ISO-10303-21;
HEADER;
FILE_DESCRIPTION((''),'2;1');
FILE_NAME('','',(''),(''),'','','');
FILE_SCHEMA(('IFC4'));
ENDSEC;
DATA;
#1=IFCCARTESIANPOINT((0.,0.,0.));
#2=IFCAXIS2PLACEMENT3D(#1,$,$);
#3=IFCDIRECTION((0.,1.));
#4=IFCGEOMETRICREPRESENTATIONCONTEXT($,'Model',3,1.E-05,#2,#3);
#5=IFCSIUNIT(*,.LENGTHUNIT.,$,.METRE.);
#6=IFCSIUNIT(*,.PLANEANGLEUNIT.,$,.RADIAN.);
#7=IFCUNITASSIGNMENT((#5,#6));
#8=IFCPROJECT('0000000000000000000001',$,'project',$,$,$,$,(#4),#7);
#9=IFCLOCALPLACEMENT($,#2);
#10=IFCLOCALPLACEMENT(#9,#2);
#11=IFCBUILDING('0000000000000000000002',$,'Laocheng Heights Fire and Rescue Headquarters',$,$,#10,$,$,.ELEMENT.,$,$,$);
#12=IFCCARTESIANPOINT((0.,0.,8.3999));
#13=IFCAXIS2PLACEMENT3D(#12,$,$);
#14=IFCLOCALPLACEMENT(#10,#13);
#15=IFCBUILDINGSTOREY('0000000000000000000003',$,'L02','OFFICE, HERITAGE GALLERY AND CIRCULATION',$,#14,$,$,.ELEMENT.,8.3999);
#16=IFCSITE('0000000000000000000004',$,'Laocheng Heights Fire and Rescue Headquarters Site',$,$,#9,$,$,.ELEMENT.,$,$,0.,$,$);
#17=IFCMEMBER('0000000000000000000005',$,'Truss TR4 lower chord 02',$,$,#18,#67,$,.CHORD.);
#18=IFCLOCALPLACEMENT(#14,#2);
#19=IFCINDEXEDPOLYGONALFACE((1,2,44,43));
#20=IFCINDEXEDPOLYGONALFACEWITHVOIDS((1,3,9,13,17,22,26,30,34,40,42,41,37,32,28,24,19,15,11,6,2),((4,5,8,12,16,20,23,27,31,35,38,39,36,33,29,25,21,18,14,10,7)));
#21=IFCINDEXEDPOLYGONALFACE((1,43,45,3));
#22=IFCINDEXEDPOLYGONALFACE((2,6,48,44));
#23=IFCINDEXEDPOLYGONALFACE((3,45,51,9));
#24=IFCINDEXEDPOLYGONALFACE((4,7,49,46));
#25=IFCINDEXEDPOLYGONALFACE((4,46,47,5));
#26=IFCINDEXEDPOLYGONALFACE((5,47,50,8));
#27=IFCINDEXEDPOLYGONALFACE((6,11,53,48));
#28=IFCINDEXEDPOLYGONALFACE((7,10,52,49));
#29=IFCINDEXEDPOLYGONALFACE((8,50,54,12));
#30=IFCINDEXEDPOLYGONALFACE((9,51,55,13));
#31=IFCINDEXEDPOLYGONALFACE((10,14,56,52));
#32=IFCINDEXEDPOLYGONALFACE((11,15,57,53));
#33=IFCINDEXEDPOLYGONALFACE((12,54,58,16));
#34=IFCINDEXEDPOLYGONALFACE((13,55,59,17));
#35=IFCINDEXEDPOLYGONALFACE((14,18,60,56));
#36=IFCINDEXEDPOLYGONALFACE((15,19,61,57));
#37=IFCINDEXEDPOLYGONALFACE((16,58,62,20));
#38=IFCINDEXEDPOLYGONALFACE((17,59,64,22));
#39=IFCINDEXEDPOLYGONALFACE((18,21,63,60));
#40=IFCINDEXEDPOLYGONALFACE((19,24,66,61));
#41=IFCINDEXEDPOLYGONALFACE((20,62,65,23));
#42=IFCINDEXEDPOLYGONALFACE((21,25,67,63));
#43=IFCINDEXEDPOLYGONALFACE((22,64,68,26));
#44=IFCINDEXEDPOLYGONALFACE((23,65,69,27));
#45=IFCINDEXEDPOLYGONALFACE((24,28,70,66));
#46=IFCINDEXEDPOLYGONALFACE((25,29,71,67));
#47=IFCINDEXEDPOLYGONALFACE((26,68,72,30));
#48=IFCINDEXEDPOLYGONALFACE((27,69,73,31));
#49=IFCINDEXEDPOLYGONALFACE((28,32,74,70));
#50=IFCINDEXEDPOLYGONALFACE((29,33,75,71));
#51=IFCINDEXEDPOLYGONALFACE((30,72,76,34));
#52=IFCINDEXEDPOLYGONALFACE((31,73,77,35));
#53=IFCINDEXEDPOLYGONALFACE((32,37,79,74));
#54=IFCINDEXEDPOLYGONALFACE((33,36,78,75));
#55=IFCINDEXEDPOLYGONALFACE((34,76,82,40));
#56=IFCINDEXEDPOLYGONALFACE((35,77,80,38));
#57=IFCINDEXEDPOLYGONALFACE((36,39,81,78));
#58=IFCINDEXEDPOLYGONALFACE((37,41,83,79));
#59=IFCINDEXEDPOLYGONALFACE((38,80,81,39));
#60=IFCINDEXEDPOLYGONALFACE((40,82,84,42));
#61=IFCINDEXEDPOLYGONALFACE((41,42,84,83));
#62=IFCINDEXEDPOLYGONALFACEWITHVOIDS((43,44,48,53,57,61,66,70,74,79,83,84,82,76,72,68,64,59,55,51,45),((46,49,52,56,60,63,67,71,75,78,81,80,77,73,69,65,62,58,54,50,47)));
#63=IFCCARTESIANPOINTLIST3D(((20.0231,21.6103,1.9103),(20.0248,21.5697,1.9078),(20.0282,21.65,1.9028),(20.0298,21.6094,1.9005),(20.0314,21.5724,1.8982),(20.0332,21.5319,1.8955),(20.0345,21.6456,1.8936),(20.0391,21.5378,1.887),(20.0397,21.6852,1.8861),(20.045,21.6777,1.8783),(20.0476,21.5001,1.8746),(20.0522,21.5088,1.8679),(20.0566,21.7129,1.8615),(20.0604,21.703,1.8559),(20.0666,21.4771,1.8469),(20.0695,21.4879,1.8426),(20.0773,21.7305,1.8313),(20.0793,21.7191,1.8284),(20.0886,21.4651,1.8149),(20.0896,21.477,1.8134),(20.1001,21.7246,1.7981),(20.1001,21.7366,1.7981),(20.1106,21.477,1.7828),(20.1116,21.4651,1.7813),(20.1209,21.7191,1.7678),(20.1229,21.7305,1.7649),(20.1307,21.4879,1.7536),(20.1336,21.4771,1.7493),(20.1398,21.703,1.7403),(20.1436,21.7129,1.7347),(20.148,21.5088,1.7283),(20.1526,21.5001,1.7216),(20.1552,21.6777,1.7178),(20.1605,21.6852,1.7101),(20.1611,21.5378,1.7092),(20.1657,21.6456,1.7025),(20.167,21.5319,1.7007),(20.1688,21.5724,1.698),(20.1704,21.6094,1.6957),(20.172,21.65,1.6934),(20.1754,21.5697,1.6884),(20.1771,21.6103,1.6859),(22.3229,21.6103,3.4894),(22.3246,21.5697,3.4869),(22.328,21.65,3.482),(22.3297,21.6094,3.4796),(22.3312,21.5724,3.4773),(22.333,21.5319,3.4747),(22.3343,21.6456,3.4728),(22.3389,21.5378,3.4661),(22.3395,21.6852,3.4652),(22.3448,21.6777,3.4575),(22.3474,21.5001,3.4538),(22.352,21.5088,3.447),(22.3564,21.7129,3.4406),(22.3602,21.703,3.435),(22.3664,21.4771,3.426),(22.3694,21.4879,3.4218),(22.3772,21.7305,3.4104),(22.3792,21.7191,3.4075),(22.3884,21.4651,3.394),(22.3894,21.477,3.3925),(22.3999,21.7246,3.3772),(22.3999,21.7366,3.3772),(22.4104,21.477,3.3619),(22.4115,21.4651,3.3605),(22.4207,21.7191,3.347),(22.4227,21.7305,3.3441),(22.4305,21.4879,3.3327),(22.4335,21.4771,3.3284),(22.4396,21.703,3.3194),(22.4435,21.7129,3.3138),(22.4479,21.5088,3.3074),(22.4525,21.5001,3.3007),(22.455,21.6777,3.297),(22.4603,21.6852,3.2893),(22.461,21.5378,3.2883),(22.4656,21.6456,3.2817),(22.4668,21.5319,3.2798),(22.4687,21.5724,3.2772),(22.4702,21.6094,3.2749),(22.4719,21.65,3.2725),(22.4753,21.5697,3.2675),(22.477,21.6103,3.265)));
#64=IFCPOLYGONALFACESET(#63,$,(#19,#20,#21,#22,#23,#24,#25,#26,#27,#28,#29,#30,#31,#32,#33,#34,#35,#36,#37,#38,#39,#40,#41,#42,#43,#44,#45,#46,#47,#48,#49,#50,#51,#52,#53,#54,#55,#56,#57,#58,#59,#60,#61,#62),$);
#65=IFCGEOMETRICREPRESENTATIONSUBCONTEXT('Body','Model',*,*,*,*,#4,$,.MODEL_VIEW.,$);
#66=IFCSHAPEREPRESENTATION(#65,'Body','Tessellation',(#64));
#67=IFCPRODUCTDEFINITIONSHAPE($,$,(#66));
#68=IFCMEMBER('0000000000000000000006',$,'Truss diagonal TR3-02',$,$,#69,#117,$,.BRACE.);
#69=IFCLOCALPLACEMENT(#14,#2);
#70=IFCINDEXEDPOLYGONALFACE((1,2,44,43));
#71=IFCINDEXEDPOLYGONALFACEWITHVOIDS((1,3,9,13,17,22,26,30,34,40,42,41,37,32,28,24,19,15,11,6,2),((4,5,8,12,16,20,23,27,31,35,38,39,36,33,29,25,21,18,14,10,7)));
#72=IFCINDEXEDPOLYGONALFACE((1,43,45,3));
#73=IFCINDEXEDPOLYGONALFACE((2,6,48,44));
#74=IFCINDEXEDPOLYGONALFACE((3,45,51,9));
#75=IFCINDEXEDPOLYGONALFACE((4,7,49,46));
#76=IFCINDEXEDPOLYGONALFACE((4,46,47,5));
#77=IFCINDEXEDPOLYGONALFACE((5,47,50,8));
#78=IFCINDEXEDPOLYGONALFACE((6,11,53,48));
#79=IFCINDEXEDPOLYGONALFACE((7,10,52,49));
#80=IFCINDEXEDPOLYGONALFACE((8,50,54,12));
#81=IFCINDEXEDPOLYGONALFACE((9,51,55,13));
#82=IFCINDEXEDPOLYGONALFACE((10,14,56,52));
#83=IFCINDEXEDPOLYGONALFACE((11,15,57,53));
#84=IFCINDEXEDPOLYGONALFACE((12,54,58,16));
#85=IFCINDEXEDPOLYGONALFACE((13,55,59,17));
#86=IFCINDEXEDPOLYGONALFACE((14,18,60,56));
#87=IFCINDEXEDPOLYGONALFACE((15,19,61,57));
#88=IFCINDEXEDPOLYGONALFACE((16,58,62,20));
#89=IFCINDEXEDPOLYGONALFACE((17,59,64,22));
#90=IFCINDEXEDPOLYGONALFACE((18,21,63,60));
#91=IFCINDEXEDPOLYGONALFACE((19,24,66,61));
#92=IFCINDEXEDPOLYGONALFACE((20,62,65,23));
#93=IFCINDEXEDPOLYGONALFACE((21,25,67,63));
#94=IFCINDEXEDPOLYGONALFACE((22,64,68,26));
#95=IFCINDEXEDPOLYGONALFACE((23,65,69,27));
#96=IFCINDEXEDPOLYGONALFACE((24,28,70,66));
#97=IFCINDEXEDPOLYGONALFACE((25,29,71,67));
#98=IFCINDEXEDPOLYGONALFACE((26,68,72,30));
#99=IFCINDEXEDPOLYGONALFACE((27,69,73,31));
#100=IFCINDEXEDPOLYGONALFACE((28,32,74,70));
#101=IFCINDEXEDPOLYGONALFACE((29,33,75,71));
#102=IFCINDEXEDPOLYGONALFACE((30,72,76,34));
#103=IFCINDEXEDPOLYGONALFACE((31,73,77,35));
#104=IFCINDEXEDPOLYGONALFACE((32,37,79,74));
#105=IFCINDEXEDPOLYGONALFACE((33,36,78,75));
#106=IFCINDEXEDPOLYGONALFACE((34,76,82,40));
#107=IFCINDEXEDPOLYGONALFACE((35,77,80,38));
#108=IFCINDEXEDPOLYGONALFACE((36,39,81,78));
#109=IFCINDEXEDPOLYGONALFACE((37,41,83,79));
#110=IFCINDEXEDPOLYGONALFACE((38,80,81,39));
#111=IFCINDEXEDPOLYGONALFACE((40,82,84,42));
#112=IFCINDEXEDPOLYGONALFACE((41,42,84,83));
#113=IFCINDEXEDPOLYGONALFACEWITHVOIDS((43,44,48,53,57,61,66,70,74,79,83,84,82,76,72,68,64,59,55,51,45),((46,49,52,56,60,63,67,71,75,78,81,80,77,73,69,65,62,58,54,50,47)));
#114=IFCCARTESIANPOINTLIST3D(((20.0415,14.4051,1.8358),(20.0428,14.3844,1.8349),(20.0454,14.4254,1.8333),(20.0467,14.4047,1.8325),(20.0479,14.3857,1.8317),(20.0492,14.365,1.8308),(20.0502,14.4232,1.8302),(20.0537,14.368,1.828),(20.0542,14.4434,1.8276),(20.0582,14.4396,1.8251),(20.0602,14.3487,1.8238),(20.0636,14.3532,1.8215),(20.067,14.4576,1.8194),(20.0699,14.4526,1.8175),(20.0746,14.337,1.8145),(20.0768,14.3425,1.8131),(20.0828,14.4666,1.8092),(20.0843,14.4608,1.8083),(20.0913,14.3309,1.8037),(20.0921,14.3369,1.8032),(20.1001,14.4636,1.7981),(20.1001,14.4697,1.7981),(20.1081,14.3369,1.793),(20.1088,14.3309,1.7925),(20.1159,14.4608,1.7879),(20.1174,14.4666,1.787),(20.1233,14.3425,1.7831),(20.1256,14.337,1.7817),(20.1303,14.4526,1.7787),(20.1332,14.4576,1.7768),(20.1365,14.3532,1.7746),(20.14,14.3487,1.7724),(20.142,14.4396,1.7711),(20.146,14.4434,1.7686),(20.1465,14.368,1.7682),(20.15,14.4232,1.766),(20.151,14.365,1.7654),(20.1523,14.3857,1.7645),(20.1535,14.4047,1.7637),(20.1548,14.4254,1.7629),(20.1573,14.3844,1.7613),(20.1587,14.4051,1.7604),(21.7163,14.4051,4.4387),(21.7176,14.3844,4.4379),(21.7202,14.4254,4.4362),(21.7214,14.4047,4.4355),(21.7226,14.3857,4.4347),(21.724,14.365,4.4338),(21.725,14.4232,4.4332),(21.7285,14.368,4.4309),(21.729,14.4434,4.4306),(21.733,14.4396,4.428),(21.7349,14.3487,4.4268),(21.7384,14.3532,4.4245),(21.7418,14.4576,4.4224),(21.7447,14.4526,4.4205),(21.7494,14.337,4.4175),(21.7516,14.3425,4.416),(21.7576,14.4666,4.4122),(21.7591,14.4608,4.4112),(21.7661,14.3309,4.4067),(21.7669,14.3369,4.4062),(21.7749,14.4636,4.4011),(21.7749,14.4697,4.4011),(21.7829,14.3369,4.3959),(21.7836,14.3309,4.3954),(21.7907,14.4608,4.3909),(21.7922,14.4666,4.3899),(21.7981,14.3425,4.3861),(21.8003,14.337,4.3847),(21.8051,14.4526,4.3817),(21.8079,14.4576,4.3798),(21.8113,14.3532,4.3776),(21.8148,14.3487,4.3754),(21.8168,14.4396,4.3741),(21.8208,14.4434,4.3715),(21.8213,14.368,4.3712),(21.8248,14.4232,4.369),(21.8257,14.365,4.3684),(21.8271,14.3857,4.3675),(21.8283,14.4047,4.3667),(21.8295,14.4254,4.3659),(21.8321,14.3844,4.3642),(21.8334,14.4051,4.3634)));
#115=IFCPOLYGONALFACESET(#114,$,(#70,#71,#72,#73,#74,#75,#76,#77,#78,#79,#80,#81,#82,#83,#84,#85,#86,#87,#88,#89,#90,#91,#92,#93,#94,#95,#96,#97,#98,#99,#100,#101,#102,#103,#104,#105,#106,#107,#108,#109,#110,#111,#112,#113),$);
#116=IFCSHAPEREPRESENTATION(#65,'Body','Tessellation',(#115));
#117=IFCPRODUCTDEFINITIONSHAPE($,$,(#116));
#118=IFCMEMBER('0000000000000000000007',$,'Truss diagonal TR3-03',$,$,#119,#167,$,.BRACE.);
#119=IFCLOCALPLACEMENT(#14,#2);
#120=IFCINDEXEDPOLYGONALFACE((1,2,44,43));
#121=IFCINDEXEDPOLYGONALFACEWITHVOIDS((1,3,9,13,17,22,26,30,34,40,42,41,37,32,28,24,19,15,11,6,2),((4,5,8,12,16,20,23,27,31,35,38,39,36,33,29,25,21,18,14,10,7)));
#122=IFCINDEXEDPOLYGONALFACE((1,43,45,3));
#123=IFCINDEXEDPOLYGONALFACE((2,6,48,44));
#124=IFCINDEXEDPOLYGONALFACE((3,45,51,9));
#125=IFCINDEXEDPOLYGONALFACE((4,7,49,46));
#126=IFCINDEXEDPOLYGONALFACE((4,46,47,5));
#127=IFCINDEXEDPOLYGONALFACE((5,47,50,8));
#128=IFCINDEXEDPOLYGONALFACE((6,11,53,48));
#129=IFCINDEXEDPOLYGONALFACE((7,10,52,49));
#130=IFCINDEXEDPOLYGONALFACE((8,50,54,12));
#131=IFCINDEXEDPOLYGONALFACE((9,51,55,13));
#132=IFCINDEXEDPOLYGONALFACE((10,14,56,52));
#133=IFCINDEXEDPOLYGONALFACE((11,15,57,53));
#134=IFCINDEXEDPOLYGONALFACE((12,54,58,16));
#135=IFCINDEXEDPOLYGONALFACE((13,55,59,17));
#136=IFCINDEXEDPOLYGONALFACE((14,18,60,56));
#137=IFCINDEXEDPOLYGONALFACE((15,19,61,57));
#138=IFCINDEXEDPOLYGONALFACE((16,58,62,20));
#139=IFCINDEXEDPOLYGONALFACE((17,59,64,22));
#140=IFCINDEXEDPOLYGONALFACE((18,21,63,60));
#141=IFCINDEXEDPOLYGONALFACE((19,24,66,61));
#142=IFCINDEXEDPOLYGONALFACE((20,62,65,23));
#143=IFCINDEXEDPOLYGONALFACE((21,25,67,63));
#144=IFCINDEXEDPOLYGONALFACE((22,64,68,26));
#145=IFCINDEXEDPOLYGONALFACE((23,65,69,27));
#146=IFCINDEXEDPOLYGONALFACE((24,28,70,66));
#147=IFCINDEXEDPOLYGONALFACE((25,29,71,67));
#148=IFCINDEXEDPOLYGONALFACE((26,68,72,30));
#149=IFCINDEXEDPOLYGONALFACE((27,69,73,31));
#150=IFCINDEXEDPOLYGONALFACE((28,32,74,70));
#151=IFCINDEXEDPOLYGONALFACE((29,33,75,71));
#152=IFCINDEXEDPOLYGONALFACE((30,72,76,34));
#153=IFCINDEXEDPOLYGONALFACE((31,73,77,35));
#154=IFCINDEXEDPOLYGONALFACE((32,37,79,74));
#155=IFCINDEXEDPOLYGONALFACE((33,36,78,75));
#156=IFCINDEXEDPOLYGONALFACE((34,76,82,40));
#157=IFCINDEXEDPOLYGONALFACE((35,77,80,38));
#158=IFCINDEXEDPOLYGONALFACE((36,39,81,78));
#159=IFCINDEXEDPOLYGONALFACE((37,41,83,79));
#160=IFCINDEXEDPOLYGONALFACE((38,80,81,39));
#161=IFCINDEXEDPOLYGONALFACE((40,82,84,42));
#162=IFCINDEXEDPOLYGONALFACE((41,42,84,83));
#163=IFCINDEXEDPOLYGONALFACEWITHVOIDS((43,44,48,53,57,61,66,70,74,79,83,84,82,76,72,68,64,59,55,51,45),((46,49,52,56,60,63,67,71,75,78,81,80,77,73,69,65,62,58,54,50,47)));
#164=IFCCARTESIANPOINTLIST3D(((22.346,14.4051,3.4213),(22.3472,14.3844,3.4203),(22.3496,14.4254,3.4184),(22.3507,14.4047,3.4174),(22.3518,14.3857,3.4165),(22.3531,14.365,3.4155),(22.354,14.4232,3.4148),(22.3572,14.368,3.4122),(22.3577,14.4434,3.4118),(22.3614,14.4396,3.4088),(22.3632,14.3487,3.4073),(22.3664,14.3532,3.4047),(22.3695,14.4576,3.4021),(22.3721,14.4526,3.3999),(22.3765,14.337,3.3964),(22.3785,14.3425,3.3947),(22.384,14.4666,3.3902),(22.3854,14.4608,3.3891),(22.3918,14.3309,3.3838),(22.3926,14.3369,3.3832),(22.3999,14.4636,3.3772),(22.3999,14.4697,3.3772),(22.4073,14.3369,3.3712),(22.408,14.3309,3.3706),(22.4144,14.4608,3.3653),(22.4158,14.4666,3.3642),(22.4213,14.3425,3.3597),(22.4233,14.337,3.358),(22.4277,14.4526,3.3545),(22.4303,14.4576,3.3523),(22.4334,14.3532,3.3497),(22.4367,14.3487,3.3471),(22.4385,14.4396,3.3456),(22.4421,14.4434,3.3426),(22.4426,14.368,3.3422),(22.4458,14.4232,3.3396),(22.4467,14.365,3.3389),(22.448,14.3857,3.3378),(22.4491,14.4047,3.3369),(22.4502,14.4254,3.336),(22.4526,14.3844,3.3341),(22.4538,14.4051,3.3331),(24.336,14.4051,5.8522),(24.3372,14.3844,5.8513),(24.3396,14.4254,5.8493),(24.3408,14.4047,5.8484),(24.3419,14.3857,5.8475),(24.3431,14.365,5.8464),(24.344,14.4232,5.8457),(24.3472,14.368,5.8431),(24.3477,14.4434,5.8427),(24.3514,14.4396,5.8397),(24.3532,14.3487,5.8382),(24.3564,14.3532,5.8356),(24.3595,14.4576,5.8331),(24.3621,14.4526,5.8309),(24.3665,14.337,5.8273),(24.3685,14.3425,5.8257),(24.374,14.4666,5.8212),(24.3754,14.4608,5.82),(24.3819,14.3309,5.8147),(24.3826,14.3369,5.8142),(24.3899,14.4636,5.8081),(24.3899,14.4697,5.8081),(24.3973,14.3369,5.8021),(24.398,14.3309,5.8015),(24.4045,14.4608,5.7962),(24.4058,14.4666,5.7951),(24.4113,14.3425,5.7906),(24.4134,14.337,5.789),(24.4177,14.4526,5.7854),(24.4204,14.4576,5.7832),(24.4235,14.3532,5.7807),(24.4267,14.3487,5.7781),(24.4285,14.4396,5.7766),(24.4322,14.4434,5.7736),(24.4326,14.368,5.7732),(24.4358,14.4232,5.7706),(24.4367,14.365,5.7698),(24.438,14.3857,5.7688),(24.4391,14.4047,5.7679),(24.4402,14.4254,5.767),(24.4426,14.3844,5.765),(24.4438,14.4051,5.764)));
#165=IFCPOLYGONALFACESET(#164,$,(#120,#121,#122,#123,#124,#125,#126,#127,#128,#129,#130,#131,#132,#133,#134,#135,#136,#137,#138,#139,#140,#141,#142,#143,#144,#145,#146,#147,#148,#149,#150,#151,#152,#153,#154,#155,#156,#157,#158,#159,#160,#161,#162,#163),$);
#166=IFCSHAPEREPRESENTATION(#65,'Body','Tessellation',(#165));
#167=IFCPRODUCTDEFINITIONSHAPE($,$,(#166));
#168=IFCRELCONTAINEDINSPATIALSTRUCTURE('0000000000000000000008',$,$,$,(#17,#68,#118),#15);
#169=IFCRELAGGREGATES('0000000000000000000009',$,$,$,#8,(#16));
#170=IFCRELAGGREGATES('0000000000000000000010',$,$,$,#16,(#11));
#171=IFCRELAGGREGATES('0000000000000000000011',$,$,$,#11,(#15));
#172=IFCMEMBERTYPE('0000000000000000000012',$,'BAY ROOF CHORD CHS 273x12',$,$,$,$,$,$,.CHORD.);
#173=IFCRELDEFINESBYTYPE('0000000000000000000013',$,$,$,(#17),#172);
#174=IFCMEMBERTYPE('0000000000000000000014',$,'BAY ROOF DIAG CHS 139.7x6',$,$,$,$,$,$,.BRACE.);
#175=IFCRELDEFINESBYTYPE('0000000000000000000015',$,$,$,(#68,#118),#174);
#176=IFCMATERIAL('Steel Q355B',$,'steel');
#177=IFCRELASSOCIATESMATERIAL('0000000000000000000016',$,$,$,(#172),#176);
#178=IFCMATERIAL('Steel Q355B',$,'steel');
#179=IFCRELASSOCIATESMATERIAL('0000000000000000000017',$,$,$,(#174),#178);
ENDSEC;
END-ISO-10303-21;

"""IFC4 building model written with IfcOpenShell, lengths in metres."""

from ifc_helpers import new_model, si_unit, direction, frame, origin, origin_2d, place, context, subcontext, project, spatial, hollow_circle, extrude, material, material_profile, profile_set, type_object, element, save


model = new_model("IFC4")

# Units and contexts
model_context = context("Model", 3, precision=1e-05, world=origin(), true_north=direction((0.0, 1.0)))
body_context = subcontext(model_context, "Body", "Model", "MODEL_VIEW")
ifc_project = project(units=[si_unit("LENGTHUNIT", "METRE"), si_unit("PLANEANGLEUNIT", "RADIAN")], contexts=[model_context])

# Site, building, storey
site_placement = place(None, origin())
site = spatial("IfcSite", under=ifc_project, at=site_placement, Name="Laocheng Heights Fire and Rescue Headquarters Site", CompositionType="ELEMENT", RefElevation=0.0)
building_placement = place(site_placement, origin())
building = spatial("IfcBuilding", under=site, at=building_placement, Name="Laocheng Heights Fire and Rescue Headquarters", CompositionType="ELEMENT")
storey_placement = place(building_placement, frame((0.0, 0.0, 8.3999)))
storey = spatial("IfcBuildingStorey", under=building, at=storey_placement, Name="L02", Description="OFFICE, HERITAGE GALLERY AND CIRCULATION", CompositionType="ELEMENT", Elevation=8.3999)

# Members
ifc_material_1 = material(Name="Steel Q355B", Category="steel")
ifc_material_profile_1 = material_profile(ifc_material_1, hollow_circle(Radius=0.1365, WallThickness=0.012, at=origin_2d()), Name="CHS 273x12")
ifc_profile_set_1 = profile_set([ifc_material_profile_1], Name="Steel Q355B")
member_type_1 = type_object("IfcMemberType", Name="BAY ROOF CHORD CHS 273x12", PredefinedType="CHORD", material=ifc_profile_set_1)
member_1_placement = place(storey_placement, frame((20.1001, 21.6001, 1.7981), z_axis=(0.824379, 0.0, 0.566038), x_axis=(0.0, 1.0, 0.0)))
element("IfcMember", 1, at=member_1_placement, inside=storey, type_object=member_type_1, Name="Truss TR4 lower chord 02", PredefinedType="CHORD", context=body_context, shape_type="SweptSolid", body=[
    extrude(hollow_circle(Radius=0.1365, WallThickness=0.012, at=origin_2d()), origin(), (0.0, 0.0, 1.0), 2.7898),
])
ifc_material_2 = material(Name="Steel Q355B", Category="steel")
ifc_material_profile_2 = material_profile(ifc_material_2, hollow_circle(Radius=0.0698, WallThickness=0.0061, at=origin_2d()), Name="CHS 139.7x6")
ifc_profile_set_2 = profile_set([ifc_material_profile_2], Name="Steel Q355B")
member_type_2 = type_object("IfcMemberType", Name="BAY ROOF DIAG CHS 139.7x6", PredefinedType="BRACE", material=ifc_profile_set_2)
member_2_placement = place(storey_placement, frame((20.1001, 14.3999, 1.7981), z_axis=(0.541084, 0.0, 0.840968), x_axis=(0.0, 1.0, 0.0)))
element("IfcMember", 2, at=member_2_placement, inside=storey, type_object=member_type_2, Name="Truss diagonal TR3-02", PredefinedType="BRACE", context=body_context, shape_type="SweptSolid", body=[
    extrude(hollow_circle(Radius=0.0698, WallThickness=0.0061, at=origin_2d()), origin(), (0.0, 0.0, 1.0), 3.0952),
])
member_3_placement = place(storey_placement, frame((22.3999, 14.3999, 3.3772), z_axis=(0.633441, 0.0, 0.773791), x_axis=(0.0, 1.0, 0.0)))
element("IfcMember", 3, at=member_3_placement, inside=storey, type_object=member_type_2, Name="Truss diagonal TR3-03", PredefinedType="BRACE", context=body_context, shape_type="SweptSolid", body=[
    extrude(hollow_circle(Radius=0.0698, WallThickness=0.0061, at=origin_2d()), origin(), (0.0, 0.0, 1.0), 3.1416),
])

save(model, "model.ifc")
